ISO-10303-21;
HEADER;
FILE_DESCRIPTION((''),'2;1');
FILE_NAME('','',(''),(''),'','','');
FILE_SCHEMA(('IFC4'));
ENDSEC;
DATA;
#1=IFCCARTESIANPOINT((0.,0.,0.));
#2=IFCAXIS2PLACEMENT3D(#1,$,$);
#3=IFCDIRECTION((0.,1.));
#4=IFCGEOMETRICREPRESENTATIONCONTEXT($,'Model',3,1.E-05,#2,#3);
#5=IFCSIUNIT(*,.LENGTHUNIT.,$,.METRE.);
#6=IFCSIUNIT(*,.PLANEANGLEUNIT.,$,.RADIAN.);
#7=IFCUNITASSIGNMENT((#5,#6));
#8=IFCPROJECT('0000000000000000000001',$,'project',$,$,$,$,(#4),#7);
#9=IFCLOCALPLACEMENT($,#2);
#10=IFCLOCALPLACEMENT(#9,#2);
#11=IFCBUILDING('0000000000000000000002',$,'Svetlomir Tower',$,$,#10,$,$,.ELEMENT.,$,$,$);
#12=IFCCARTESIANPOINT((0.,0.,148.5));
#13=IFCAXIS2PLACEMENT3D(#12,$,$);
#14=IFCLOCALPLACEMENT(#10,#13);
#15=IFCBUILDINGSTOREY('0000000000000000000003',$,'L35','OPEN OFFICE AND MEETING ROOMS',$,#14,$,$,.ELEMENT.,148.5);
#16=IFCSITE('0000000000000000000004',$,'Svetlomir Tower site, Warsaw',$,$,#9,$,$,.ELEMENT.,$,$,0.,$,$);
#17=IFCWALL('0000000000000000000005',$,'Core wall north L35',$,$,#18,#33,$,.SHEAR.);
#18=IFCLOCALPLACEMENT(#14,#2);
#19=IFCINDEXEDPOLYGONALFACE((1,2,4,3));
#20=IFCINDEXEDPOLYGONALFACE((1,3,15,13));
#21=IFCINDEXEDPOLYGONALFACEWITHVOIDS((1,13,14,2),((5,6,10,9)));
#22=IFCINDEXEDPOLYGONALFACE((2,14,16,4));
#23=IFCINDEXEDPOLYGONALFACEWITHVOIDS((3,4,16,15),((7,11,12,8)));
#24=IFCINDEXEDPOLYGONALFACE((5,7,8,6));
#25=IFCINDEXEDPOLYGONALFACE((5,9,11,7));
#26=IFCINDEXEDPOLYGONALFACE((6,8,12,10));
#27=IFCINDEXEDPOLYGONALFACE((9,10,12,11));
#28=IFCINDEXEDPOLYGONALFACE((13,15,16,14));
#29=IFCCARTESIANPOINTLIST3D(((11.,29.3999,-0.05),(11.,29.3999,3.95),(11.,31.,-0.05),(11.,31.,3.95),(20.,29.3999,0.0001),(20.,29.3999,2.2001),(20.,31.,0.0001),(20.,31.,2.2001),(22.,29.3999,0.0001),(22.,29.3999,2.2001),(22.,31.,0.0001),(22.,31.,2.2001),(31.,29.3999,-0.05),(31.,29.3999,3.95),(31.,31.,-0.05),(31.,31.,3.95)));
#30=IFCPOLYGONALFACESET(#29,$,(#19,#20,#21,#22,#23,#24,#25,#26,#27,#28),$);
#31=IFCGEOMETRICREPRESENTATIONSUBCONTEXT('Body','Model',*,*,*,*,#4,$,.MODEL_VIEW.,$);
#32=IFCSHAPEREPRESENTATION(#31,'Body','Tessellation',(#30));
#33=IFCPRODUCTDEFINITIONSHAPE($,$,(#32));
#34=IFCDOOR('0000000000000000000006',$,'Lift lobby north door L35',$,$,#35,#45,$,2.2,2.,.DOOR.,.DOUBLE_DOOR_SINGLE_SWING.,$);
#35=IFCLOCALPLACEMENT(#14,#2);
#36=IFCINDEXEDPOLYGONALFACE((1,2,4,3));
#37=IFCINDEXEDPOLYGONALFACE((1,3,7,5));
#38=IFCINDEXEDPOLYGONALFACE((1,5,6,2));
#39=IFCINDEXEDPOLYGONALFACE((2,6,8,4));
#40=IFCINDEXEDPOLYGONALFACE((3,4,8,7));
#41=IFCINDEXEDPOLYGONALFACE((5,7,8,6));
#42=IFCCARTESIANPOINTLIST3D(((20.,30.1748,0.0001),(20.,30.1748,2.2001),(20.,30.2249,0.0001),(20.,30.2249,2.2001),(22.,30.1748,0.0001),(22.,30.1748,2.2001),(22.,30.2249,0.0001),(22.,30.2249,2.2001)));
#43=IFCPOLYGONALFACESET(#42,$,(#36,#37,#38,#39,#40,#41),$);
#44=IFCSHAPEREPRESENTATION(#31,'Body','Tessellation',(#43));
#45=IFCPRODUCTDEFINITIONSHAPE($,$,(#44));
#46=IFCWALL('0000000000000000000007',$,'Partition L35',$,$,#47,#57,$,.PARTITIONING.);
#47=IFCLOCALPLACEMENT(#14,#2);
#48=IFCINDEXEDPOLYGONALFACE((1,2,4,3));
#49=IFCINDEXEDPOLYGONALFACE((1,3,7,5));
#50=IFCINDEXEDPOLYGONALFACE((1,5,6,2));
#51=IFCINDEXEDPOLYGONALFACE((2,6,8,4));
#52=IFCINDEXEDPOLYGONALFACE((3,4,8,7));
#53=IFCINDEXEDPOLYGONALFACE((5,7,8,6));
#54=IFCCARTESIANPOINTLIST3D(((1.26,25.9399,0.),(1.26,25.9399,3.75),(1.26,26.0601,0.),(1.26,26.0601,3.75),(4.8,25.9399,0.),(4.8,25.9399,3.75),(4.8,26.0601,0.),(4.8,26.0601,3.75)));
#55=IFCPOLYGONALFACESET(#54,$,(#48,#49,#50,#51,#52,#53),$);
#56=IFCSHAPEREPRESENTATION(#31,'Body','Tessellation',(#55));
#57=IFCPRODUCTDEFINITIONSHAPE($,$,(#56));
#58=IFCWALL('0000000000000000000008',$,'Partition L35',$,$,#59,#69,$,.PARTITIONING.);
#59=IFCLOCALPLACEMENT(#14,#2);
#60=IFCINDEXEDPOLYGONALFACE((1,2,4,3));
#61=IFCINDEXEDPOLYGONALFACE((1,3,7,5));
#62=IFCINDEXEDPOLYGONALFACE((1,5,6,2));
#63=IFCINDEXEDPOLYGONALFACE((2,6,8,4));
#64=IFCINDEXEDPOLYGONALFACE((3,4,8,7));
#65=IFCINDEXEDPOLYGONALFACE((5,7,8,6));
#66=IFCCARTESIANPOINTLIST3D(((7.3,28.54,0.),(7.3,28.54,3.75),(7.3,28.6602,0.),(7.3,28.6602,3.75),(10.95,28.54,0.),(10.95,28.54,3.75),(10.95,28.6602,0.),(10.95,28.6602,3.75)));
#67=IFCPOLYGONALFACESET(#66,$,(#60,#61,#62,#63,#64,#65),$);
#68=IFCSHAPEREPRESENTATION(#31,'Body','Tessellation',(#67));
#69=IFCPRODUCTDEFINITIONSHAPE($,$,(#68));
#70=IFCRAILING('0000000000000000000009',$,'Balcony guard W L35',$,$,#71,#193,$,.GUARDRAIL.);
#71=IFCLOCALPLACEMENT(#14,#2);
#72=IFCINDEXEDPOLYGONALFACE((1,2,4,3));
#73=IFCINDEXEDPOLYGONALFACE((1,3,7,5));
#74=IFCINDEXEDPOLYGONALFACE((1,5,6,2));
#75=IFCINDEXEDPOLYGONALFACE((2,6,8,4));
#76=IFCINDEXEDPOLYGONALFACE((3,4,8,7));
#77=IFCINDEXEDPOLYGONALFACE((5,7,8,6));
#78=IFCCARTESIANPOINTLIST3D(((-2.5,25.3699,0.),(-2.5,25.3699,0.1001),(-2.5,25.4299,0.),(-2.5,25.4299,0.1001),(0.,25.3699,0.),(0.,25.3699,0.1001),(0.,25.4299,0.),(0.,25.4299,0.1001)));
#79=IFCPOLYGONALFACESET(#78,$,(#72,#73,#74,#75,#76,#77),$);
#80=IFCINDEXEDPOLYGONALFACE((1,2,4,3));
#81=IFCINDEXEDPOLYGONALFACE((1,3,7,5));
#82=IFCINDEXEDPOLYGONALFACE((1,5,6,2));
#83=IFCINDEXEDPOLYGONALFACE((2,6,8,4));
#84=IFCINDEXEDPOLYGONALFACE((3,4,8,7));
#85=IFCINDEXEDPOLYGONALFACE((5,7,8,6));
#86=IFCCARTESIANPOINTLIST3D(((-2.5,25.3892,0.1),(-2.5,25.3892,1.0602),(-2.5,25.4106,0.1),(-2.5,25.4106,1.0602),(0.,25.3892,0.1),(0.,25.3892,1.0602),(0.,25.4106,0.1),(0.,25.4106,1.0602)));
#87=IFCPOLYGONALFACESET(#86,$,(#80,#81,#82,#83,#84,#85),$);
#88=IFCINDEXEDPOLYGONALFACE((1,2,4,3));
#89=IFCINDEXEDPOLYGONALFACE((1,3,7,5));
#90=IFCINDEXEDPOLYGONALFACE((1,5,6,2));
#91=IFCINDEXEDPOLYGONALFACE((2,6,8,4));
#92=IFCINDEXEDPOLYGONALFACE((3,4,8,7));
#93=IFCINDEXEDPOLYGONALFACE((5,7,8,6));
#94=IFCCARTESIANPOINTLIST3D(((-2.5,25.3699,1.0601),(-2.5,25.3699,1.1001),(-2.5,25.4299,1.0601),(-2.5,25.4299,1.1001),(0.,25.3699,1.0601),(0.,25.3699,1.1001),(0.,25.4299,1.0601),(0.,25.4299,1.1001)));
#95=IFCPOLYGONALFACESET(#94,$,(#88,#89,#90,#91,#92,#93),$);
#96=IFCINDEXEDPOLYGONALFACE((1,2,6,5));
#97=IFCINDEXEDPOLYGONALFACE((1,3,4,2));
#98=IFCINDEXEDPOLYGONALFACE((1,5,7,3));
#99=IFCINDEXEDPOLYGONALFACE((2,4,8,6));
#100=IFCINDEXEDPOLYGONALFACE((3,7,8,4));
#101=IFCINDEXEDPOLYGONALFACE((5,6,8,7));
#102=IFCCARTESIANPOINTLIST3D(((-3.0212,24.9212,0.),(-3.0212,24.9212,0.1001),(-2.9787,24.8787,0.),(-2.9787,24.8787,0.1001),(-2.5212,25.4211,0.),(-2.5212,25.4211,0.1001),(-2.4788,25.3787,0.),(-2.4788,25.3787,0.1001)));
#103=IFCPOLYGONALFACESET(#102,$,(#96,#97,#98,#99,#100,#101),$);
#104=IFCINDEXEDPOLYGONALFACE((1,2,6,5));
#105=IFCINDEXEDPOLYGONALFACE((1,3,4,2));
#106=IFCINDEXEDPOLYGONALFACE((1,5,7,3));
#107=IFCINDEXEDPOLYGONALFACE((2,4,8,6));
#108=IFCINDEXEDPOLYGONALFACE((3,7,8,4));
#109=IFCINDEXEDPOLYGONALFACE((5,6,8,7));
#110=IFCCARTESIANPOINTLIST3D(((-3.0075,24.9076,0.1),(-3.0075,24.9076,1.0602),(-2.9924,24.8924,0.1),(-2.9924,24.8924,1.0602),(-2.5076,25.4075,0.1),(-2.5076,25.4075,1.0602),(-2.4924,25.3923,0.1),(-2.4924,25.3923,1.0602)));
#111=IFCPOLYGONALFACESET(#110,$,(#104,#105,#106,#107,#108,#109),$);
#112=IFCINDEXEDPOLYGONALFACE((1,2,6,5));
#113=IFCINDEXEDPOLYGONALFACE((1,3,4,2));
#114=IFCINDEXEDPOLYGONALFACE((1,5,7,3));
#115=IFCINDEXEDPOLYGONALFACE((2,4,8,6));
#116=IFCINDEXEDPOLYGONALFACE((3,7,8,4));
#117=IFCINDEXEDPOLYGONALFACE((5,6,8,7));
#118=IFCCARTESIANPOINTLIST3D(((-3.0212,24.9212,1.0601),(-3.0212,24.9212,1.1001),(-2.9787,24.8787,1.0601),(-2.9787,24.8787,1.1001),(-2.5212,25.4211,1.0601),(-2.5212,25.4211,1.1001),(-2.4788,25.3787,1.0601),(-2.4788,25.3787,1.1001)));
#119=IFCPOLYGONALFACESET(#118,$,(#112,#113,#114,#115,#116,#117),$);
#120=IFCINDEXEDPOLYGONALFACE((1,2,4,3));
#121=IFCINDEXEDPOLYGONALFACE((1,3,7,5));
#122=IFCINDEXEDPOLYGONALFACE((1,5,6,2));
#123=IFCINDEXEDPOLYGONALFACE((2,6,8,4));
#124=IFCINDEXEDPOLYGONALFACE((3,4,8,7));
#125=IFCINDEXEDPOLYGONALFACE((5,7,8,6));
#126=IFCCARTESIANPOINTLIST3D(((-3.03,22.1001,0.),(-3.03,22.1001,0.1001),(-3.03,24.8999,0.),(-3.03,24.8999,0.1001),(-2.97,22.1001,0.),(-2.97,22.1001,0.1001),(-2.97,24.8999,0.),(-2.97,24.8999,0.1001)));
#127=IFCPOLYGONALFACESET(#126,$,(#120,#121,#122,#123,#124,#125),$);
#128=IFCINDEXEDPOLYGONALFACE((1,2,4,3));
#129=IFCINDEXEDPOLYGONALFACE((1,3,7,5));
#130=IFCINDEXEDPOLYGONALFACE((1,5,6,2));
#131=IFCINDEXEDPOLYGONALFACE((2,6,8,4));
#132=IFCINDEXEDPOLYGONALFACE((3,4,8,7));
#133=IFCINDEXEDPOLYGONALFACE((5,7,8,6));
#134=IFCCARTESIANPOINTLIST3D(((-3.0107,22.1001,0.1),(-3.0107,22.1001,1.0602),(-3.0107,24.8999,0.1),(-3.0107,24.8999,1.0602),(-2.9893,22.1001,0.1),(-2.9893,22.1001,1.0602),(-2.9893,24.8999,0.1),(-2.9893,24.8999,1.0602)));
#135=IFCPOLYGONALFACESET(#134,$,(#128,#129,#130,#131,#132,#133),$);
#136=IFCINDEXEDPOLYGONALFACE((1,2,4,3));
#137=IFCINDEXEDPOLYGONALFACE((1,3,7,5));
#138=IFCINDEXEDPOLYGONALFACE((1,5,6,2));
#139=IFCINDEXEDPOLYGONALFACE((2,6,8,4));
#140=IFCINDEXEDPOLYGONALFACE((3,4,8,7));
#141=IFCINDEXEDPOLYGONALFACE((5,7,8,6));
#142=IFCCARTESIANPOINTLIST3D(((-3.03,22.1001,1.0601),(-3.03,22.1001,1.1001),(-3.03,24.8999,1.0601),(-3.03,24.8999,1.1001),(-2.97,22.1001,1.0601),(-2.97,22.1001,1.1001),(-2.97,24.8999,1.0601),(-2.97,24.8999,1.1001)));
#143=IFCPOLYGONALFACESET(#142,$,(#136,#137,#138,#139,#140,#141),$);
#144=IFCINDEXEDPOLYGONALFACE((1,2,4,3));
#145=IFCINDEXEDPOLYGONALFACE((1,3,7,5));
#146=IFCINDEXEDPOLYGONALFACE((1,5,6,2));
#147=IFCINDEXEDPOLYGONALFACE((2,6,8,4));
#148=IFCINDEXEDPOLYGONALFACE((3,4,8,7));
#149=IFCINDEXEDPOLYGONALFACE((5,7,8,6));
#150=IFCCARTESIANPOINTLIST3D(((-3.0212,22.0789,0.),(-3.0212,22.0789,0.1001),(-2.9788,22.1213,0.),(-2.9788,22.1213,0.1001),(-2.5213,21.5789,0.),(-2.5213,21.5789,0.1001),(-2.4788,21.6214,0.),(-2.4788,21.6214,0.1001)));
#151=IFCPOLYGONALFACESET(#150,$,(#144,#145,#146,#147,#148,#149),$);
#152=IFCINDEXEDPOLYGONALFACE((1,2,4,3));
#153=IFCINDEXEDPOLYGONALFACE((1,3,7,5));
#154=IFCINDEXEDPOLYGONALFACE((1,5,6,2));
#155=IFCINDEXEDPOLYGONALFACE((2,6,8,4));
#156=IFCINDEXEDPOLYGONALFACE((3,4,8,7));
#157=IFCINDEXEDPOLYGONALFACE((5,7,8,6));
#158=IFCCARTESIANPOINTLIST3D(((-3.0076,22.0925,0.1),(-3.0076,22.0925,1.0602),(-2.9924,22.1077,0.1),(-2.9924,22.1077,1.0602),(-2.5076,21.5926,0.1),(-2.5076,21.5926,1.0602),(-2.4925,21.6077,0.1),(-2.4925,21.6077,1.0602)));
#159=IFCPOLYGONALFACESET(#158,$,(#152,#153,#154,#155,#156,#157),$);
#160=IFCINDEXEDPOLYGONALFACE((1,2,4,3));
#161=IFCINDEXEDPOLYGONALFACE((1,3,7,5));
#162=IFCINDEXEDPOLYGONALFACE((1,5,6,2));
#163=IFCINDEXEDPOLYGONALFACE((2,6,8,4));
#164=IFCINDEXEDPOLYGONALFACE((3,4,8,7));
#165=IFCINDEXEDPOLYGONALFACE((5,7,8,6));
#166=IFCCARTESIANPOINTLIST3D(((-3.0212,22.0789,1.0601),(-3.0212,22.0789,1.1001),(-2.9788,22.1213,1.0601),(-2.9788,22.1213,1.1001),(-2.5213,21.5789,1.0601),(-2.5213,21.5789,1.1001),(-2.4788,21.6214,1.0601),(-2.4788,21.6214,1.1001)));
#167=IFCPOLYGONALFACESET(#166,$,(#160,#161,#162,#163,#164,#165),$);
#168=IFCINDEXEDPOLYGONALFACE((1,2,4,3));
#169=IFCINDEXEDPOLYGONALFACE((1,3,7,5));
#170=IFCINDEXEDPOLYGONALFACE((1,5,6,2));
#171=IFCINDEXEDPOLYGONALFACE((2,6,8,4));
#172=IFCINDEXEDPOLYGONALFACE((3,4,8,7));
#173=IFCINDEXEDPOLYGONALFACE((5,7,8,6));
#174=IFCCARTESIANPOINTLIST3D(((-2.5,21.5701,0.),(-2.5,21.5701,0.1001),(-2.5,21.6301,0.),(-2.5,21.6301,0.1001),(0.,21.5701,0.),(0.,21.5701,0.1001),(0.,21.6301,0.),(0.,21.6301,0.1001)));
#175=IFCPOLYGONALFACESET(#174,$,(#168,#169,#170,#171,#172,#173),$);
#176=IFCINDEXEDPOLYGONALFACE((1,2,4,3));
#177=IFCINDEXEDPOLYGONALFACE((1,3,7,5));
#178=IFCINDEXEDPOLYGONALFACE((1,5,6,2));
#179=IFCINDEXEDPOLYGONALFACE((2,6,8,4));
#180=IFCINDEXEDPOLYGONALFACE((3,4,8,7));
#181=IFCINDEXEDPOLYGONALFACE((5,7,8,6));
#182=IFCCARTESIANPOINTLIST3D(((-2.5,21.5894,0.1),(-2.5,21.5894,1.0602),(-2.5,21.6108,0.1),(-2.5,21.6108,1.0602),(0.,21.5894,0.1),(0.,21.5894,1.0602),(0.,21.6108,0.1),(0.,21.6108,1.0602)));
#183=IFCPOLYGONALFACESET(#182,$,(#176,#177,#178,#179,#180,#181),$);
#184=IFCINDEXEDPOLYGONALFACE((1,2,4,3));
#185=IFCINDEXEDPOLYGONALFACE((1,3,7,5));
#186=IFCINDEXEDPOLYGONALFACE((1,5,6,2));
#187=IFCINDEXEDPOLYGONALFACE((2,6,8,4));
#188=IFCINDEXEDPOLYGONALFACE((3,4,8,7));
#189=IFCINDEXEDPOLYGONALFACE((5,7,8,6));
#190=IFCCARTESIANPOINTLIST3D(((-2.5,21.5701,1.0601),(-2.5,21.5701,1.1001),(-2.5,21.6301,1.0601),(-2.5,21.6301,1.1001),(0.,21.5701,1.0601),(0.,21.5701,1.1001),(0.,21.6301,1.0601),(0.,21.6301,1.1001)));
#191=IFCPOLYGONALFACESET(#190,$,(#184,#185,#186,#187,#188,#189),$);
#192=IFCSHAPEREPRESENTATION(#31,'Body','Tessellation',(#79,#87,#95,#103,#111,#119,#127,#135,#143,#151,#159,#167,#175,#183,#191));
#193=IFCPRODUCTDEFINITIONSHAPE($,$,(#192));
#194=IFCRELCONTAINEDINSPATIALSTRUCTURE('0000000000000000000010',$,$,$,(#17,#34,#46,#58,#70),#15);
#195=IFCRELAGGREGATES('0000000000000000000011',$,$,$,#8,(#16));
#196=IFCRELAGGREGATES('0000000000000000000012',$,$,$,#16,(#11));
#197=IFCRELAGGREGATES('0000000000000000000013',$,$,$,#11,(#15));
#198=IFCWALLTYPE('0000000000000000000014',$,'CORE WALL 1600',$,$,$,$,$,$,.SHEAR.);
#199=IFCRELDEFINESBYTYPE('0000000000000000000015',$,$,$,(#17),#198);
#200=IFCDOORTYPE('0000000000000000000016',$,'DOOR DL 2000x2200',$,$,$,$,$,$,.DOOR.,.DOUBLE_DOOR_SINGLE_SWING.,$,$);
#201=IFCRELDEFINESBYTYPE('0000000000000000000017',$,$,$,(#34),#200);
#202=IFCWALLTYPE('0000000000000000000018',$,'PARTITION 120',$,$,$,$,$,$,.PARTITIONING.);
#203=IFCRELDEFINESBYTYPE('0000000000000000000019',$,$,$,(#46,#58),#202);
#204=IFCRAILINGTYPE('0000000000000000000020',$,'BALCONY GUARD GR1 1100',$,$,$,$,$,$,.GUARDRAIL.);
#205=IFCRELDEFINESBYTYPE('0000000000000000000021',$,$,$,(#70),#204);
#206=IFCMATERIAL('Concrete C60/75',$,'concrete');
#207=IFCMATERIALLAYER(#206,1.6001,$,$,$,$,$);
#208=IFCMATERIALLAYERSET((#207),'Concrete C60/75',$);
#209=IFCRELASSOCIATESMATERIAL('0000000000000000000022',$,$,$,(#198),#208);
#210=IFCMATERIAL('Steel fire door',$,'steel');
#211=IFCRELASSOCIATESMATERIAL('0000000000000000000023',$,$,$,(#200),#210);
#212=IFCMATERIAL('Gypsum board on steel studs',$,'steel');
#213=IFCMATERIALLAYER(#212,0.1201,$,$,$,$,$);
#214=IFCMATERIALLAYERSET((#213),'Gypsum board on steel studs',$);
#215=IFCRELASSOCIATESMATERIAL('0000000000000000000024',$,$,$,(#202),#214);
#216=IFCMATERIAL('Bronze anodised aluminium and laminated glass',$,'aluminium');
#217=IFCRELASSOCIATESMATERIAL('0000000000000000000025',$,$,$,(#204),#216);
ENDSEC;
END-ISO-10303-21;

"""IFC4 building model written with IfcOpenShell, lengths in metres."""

from ifc_helpers import new_model, si_unit, direction, frame, frame_2d, origin, origin_2d, place, context, subcontext, project, spatial, rectangle, extrude, material, layer, layer_set, type_object, element, fill, save


model = new_model("IFC4")

# Units and contexts
model_context = context("Model", 3, precision=1e-05, world=origin(), true_north=direction((0.0, 1.0)))
body_context = subcontext(model_context, "Body", "Model", "MODEL_VIEW")
ifc_project = project(units=[si_unit("LENGTHUNIT", "METRE"), si_unit("PLANEANGLEUNIT", "RADIAN")], contexts=[model_context])

# Site, building, storey
site_placement = place(None, origin())
site = spatial("IfcSite", under=ifc_project, at=site_placement, Name="Svetlomir Tower site, Warsaw", CompositionType="ELEMENT", RefElevation=0.0)
building_placement = place(site_placement, origin())
building = spatial("IfcBuilding", under=site, at=building_placement, Name="Svetlomir Tower", CompositionType="ELEMENT")
storey_placement = place(building_placement, frame((0.0, 0.0, 148.5)))
storey = spatial("IfcBuildingStorey", under=building, at=storey_placement, Name="L35", Description="OPEN OFFICE AND MEETING ROOMS", CompositionType="ELEMENT", Elevation=148.5)

# Wall, opening, door
ifc_material_1 = material(Name="Concrete C60/75", Category="concrete")
ifc_layer_1 = layer(ifc_material_1, 1.6001)
ifc_layer_set_1 = layer_set([ifc_layer_1], Name="Concrete C60/75")
wall_type_1 = type_object("IfcWallType", Name="CORE WALL 1600", PredefinedType="SHEAR", material=ifc_layer_set_1)
wall_1_placement = place(storey_placement, frame((11.0, 30.2, -0.05), z_axis=(0.0, 0.0, 1.0), x_axis=(1.0, 0.0, 0.0)))
wall_1 = element("IfcWall", 1, at=wall_1_placement, inside=storey, type_object=wall_type_1, Name="Core wall north L35", PredefinedType="SHEAR", context=body_context, shape_type="SweptSolid", body=[
    extrude(rectangle(XDim=20.0, YDim=1.6001, at=frame_2d((10.0, 0.0))), origin(), (0.0, 0.0, 1.0), 4.0),
])
opening_1_placement = place(wall_1_placement, frame((9.0, 0.0, 0.05)))
opening_1 = element("IfcOpeningElement", 2, at=opening_1_placement, cuts=wall_1, PredefinedType="OPENING", context=body_context, shape_type="SweptSolid", body=[
    extrude(rectangle(XDim=2.0, YDim=2.2, at=frame_2d((1.0, 1.1001))), frame((0.0, 0.8101, 0.0), z_axis=(0.0, -1.0, 0.0), x_axis=(1.0, 0.0, 0.0)), (0.0, 0.0, 1.0), 1.6201),
])
ifc_material_2 = material(Name="Steel fire door", Category="steel")
door_type_1 = type_object("IfcDoorType", Name="DOOR DL 2000x2200", OperationType="DOUBLE_DOOR_SINGLE_SWING", PredefinedType="DOOR", material=ifc_material_2)
door_1_placement = place(opening_1_placement, origin())
door_1 = element("IfcDoor", 3, at=door_1_placement, inside=storey, type_object=door_type_1, Name="Lift lobby north door L35", OperationType="DOUBLE_DOOR_SINGLE_SWING", OverallHeight=2.2, OverallWidth=2.0, PredefinedType="DOOR", context=body_context, shape_type="SweptSolid", body=[
    extrude(rectangle(XDim=2.0, YDim=2.2, at=frame_2d((1.0, 1.1001))), frame((0.0, 0.0249, 0.0), z_axis=(0.0, -1.0, 0.0), x_axis=(1.0, 0.0, 0.0)), (0.0, 0.0, 1.0), 0.05),
])
fill(opening_1, door_1)

# Walls
ifc_material_3 = material(Name="Gypsum board on steel studs", Category="steel")
ifc_layer_2 = layer(ifc_material_3, 0.1201)
ifc_layer_set_2 = layer_set([ifc_layer_2], Name="Gypsum board on steel studs")
wall_type_2 = type_object("IfcWallType", Name="PARTITION 120", PredefinedType="PARTITIONING", material=ifc_layer_set_2)
wall_2_placement = place(storey_placement, frame((1.26, 26.0, 0.0), z_axis=(0.0, 0.0, 1.0), x_axis=(1.0, 0.0, 0.0)))
element("IfcWall", 4, at=wall_2_placement, inside=storey, type_object=wall_type_2, Name="Partition L35", PredefinedType="PARTITIONING", context=body_context, shape_type="SweptSolid", body=[
    extrude(rectangle(XDim=3.54, YDim=0.1201, at=frame_2d((1.77, 0.0))), origin(), (0.0, 0.0, 1.0), 3.75),
])
wall_3_placement = place(storey_placement, frame((7.3, 28.6001, 0.0), z_axis=(0.0, 0.0, 1.0), x_axis=(1.0, 0.0, 0.0)))
element("IfcWall", 5, at=wall_3_placement, inside=storey, type_object=wall_type_2, Name="Partition L35", PredefinedType="PARTITIONING", context=body_context, shape_type="SweptSolid", body=[
    extrude(rectangle(XDim=3.6499, YDim=0.1201, at=frame_2d((1.825, 0.0))), origin(), (0.0, 0.0, 1.0), 3.75),
])

# Railing
ifc_material_4 = material(Name="Bronze anodised aluminium and laminated glass", Category="aluminium")
railing_type = type_object("IfcRailingType", Name="BALCONY GUARD GR1 1100", PredefinedType="GUARDRAIL", material=ifc_material_4)
railing_placement = place(storey_placement, frame((0.0, 25.3999, 0.0)))
element("IfcRailing", 6, at=railing_placement, inside=storey, type_object=railing_type, Name="Balcony guard W L35", PredefinedType="GUARDRAIL", context=body_context, shape_type="SweptSolid", body=[
    extrude(rectangle(XDim=0.0601, YDim=0.1001, at=origin_2d()), frame((0.0, 0.0, 0.05), z_axis=(-1.0, 0.0, 0.0), x_axis=(0.0, -1.0, 0.0)), (0.0, 0.0, 1.0), 2.5),
    extrude(rectangle(XDim=0.0215, YDim=0.9602, at=origin_2d()), frame((0.0, 0.0, 0.5801), z_axis=(-1.0, 0.0, 0.0), x_axis=(0.0, -1.0, 0.0)), (0.0, 0.0, 1.0), 2.5),
    extrude(rectangle(XDim=0.0601, YDim=0.04, at=origin_2d()), frame((0.0, 0.0, 1.0801), z_axis=(-1.0, 0.0, 0.0), x_axis=(0.0, -1.0, 0.0)), (0.0, 0.0, 1.0), 2.5),
    extrude(rectangle(XDim=0.0601, YDim=0.1001, at=origin_2d()), frame((-2.5, 0.0, 0.05), z_axis=(-0.707107, -0.707107, 0.0), x_axis=(0.707107, -0.707107, 0.0)), (0.0, 0.0, 1.0), 0.707),
    extrude(rectangle(XDim=0.0215, YDim=0.9602, at=origin_2d()), frame((-2.5, 0.0, 0.5801), z_axis=(-0.707107, -0.707107, 0.0), x_axis=(0.707107, -0.707107, 0.0)), (0.0, 0.0, 1.0), 0.707),
    extrude(rectangle(XDim=0.0601, YDim=0.04, at=origin_2d()), frame((-2.5, 0.0, 1.0801), z_axis=(-0.707107, -0.707107, 0.0), x_axis=(0.707107, -0.707107, 0.0)), (0.0, 0.0, 1.0), 0.707),
    extrude(rectangle(XDim=0.0601, YDim=0.1001, at=origin_2d()), frame((-3.0, -0.5, 0.05), z_axis=(0.0, -1.0, 0.0), x_axis=(1.0, 0.0, 0.0)), (0.0, 0.0, 1.0), 2.7998),
    extrude(rectangle(XDim=0.0215, YDim=0.9602, at=origin_2d()), frame((-3.0, -0.5, 0.5801), z_axis=(0.0, -1.0, 0.0), x_axis=(1.0, 0.0, 0.0)), (0.0, 0.0, 1.0), 2.7998),
    extrude(rectangle(XDim=0.0601, YDim=0.04, at=origin_2d()), frame((-3.0, -0.5, 1.0801), z_axis=(0.0, -1.0, 0.0), x_axis=(1.0, 0.0, 0.0)), (0.0, 0.0, 1.0), 2.7998),
    extrude(rectangle(XDim=0.0601, YDim=0.1001, at=origin_2d()), frame((-3.0, -3.2998, 0.05), z_axis=(0.707107, -0.707107, 0.0), x_axis=(0.707107, 0.707107, 0.0)), (0.0, 0.0, 1.0), 0.707),
    extrude(rectangle(XDim=0.0215, YDim=0.9602, at=origin_2d()), frame((-3.0, -3.2998, 0.5801), z_axis=(0.707107, -0.707107, 0.0), x_axis=(0.707107, 0.707107, 0.0)), (0.0, 0.0, 1.0), 0.707),
    extrude(rectangle(XDim=0.0601, YDim=0.04, at=origin_2d()), frame((-3.0, -3.2998, 1.0801), z_axis=(0.707107, -0.707107, 0.0), x_axis=(0.707107, 0.707107, 0.0)), (0.0, 0.0, 1.0), 0.707),
    extrude(rectangle(XDim=0.0601, YDim=0.1001, at=origin_2d()), frame((-2.5, -3.7998, 0.05), z_axis=(1.0, 0.0, 0.0), x_axis=(0.0, 1.0, 0.0)), (0.0, 0.0, 1.0), 2.5),
    extrude(rectangle(XDim=0.0215, YDim=0.9602, at=origin_2d()), frame((-2.5, -3.7998, 0.5801), z_axis=(1.0, 0.0, 0.0), x_axis=(0.0, 1.0, 0.0)), (0.0, 0.0, 1.0), 2.5),
    extrude(rectangle(XDim=0.0601, YDim=0.04, at=origin_2d()), frame((-2.5, -3.7998, 1.0801), z_axis=(1.0, 0.0, 0.0), x_axis=(0.0, 1.0, 0.0)), (0.0, 0.0, 1.0), 2.5),
])

save(model, "model.ifc")
